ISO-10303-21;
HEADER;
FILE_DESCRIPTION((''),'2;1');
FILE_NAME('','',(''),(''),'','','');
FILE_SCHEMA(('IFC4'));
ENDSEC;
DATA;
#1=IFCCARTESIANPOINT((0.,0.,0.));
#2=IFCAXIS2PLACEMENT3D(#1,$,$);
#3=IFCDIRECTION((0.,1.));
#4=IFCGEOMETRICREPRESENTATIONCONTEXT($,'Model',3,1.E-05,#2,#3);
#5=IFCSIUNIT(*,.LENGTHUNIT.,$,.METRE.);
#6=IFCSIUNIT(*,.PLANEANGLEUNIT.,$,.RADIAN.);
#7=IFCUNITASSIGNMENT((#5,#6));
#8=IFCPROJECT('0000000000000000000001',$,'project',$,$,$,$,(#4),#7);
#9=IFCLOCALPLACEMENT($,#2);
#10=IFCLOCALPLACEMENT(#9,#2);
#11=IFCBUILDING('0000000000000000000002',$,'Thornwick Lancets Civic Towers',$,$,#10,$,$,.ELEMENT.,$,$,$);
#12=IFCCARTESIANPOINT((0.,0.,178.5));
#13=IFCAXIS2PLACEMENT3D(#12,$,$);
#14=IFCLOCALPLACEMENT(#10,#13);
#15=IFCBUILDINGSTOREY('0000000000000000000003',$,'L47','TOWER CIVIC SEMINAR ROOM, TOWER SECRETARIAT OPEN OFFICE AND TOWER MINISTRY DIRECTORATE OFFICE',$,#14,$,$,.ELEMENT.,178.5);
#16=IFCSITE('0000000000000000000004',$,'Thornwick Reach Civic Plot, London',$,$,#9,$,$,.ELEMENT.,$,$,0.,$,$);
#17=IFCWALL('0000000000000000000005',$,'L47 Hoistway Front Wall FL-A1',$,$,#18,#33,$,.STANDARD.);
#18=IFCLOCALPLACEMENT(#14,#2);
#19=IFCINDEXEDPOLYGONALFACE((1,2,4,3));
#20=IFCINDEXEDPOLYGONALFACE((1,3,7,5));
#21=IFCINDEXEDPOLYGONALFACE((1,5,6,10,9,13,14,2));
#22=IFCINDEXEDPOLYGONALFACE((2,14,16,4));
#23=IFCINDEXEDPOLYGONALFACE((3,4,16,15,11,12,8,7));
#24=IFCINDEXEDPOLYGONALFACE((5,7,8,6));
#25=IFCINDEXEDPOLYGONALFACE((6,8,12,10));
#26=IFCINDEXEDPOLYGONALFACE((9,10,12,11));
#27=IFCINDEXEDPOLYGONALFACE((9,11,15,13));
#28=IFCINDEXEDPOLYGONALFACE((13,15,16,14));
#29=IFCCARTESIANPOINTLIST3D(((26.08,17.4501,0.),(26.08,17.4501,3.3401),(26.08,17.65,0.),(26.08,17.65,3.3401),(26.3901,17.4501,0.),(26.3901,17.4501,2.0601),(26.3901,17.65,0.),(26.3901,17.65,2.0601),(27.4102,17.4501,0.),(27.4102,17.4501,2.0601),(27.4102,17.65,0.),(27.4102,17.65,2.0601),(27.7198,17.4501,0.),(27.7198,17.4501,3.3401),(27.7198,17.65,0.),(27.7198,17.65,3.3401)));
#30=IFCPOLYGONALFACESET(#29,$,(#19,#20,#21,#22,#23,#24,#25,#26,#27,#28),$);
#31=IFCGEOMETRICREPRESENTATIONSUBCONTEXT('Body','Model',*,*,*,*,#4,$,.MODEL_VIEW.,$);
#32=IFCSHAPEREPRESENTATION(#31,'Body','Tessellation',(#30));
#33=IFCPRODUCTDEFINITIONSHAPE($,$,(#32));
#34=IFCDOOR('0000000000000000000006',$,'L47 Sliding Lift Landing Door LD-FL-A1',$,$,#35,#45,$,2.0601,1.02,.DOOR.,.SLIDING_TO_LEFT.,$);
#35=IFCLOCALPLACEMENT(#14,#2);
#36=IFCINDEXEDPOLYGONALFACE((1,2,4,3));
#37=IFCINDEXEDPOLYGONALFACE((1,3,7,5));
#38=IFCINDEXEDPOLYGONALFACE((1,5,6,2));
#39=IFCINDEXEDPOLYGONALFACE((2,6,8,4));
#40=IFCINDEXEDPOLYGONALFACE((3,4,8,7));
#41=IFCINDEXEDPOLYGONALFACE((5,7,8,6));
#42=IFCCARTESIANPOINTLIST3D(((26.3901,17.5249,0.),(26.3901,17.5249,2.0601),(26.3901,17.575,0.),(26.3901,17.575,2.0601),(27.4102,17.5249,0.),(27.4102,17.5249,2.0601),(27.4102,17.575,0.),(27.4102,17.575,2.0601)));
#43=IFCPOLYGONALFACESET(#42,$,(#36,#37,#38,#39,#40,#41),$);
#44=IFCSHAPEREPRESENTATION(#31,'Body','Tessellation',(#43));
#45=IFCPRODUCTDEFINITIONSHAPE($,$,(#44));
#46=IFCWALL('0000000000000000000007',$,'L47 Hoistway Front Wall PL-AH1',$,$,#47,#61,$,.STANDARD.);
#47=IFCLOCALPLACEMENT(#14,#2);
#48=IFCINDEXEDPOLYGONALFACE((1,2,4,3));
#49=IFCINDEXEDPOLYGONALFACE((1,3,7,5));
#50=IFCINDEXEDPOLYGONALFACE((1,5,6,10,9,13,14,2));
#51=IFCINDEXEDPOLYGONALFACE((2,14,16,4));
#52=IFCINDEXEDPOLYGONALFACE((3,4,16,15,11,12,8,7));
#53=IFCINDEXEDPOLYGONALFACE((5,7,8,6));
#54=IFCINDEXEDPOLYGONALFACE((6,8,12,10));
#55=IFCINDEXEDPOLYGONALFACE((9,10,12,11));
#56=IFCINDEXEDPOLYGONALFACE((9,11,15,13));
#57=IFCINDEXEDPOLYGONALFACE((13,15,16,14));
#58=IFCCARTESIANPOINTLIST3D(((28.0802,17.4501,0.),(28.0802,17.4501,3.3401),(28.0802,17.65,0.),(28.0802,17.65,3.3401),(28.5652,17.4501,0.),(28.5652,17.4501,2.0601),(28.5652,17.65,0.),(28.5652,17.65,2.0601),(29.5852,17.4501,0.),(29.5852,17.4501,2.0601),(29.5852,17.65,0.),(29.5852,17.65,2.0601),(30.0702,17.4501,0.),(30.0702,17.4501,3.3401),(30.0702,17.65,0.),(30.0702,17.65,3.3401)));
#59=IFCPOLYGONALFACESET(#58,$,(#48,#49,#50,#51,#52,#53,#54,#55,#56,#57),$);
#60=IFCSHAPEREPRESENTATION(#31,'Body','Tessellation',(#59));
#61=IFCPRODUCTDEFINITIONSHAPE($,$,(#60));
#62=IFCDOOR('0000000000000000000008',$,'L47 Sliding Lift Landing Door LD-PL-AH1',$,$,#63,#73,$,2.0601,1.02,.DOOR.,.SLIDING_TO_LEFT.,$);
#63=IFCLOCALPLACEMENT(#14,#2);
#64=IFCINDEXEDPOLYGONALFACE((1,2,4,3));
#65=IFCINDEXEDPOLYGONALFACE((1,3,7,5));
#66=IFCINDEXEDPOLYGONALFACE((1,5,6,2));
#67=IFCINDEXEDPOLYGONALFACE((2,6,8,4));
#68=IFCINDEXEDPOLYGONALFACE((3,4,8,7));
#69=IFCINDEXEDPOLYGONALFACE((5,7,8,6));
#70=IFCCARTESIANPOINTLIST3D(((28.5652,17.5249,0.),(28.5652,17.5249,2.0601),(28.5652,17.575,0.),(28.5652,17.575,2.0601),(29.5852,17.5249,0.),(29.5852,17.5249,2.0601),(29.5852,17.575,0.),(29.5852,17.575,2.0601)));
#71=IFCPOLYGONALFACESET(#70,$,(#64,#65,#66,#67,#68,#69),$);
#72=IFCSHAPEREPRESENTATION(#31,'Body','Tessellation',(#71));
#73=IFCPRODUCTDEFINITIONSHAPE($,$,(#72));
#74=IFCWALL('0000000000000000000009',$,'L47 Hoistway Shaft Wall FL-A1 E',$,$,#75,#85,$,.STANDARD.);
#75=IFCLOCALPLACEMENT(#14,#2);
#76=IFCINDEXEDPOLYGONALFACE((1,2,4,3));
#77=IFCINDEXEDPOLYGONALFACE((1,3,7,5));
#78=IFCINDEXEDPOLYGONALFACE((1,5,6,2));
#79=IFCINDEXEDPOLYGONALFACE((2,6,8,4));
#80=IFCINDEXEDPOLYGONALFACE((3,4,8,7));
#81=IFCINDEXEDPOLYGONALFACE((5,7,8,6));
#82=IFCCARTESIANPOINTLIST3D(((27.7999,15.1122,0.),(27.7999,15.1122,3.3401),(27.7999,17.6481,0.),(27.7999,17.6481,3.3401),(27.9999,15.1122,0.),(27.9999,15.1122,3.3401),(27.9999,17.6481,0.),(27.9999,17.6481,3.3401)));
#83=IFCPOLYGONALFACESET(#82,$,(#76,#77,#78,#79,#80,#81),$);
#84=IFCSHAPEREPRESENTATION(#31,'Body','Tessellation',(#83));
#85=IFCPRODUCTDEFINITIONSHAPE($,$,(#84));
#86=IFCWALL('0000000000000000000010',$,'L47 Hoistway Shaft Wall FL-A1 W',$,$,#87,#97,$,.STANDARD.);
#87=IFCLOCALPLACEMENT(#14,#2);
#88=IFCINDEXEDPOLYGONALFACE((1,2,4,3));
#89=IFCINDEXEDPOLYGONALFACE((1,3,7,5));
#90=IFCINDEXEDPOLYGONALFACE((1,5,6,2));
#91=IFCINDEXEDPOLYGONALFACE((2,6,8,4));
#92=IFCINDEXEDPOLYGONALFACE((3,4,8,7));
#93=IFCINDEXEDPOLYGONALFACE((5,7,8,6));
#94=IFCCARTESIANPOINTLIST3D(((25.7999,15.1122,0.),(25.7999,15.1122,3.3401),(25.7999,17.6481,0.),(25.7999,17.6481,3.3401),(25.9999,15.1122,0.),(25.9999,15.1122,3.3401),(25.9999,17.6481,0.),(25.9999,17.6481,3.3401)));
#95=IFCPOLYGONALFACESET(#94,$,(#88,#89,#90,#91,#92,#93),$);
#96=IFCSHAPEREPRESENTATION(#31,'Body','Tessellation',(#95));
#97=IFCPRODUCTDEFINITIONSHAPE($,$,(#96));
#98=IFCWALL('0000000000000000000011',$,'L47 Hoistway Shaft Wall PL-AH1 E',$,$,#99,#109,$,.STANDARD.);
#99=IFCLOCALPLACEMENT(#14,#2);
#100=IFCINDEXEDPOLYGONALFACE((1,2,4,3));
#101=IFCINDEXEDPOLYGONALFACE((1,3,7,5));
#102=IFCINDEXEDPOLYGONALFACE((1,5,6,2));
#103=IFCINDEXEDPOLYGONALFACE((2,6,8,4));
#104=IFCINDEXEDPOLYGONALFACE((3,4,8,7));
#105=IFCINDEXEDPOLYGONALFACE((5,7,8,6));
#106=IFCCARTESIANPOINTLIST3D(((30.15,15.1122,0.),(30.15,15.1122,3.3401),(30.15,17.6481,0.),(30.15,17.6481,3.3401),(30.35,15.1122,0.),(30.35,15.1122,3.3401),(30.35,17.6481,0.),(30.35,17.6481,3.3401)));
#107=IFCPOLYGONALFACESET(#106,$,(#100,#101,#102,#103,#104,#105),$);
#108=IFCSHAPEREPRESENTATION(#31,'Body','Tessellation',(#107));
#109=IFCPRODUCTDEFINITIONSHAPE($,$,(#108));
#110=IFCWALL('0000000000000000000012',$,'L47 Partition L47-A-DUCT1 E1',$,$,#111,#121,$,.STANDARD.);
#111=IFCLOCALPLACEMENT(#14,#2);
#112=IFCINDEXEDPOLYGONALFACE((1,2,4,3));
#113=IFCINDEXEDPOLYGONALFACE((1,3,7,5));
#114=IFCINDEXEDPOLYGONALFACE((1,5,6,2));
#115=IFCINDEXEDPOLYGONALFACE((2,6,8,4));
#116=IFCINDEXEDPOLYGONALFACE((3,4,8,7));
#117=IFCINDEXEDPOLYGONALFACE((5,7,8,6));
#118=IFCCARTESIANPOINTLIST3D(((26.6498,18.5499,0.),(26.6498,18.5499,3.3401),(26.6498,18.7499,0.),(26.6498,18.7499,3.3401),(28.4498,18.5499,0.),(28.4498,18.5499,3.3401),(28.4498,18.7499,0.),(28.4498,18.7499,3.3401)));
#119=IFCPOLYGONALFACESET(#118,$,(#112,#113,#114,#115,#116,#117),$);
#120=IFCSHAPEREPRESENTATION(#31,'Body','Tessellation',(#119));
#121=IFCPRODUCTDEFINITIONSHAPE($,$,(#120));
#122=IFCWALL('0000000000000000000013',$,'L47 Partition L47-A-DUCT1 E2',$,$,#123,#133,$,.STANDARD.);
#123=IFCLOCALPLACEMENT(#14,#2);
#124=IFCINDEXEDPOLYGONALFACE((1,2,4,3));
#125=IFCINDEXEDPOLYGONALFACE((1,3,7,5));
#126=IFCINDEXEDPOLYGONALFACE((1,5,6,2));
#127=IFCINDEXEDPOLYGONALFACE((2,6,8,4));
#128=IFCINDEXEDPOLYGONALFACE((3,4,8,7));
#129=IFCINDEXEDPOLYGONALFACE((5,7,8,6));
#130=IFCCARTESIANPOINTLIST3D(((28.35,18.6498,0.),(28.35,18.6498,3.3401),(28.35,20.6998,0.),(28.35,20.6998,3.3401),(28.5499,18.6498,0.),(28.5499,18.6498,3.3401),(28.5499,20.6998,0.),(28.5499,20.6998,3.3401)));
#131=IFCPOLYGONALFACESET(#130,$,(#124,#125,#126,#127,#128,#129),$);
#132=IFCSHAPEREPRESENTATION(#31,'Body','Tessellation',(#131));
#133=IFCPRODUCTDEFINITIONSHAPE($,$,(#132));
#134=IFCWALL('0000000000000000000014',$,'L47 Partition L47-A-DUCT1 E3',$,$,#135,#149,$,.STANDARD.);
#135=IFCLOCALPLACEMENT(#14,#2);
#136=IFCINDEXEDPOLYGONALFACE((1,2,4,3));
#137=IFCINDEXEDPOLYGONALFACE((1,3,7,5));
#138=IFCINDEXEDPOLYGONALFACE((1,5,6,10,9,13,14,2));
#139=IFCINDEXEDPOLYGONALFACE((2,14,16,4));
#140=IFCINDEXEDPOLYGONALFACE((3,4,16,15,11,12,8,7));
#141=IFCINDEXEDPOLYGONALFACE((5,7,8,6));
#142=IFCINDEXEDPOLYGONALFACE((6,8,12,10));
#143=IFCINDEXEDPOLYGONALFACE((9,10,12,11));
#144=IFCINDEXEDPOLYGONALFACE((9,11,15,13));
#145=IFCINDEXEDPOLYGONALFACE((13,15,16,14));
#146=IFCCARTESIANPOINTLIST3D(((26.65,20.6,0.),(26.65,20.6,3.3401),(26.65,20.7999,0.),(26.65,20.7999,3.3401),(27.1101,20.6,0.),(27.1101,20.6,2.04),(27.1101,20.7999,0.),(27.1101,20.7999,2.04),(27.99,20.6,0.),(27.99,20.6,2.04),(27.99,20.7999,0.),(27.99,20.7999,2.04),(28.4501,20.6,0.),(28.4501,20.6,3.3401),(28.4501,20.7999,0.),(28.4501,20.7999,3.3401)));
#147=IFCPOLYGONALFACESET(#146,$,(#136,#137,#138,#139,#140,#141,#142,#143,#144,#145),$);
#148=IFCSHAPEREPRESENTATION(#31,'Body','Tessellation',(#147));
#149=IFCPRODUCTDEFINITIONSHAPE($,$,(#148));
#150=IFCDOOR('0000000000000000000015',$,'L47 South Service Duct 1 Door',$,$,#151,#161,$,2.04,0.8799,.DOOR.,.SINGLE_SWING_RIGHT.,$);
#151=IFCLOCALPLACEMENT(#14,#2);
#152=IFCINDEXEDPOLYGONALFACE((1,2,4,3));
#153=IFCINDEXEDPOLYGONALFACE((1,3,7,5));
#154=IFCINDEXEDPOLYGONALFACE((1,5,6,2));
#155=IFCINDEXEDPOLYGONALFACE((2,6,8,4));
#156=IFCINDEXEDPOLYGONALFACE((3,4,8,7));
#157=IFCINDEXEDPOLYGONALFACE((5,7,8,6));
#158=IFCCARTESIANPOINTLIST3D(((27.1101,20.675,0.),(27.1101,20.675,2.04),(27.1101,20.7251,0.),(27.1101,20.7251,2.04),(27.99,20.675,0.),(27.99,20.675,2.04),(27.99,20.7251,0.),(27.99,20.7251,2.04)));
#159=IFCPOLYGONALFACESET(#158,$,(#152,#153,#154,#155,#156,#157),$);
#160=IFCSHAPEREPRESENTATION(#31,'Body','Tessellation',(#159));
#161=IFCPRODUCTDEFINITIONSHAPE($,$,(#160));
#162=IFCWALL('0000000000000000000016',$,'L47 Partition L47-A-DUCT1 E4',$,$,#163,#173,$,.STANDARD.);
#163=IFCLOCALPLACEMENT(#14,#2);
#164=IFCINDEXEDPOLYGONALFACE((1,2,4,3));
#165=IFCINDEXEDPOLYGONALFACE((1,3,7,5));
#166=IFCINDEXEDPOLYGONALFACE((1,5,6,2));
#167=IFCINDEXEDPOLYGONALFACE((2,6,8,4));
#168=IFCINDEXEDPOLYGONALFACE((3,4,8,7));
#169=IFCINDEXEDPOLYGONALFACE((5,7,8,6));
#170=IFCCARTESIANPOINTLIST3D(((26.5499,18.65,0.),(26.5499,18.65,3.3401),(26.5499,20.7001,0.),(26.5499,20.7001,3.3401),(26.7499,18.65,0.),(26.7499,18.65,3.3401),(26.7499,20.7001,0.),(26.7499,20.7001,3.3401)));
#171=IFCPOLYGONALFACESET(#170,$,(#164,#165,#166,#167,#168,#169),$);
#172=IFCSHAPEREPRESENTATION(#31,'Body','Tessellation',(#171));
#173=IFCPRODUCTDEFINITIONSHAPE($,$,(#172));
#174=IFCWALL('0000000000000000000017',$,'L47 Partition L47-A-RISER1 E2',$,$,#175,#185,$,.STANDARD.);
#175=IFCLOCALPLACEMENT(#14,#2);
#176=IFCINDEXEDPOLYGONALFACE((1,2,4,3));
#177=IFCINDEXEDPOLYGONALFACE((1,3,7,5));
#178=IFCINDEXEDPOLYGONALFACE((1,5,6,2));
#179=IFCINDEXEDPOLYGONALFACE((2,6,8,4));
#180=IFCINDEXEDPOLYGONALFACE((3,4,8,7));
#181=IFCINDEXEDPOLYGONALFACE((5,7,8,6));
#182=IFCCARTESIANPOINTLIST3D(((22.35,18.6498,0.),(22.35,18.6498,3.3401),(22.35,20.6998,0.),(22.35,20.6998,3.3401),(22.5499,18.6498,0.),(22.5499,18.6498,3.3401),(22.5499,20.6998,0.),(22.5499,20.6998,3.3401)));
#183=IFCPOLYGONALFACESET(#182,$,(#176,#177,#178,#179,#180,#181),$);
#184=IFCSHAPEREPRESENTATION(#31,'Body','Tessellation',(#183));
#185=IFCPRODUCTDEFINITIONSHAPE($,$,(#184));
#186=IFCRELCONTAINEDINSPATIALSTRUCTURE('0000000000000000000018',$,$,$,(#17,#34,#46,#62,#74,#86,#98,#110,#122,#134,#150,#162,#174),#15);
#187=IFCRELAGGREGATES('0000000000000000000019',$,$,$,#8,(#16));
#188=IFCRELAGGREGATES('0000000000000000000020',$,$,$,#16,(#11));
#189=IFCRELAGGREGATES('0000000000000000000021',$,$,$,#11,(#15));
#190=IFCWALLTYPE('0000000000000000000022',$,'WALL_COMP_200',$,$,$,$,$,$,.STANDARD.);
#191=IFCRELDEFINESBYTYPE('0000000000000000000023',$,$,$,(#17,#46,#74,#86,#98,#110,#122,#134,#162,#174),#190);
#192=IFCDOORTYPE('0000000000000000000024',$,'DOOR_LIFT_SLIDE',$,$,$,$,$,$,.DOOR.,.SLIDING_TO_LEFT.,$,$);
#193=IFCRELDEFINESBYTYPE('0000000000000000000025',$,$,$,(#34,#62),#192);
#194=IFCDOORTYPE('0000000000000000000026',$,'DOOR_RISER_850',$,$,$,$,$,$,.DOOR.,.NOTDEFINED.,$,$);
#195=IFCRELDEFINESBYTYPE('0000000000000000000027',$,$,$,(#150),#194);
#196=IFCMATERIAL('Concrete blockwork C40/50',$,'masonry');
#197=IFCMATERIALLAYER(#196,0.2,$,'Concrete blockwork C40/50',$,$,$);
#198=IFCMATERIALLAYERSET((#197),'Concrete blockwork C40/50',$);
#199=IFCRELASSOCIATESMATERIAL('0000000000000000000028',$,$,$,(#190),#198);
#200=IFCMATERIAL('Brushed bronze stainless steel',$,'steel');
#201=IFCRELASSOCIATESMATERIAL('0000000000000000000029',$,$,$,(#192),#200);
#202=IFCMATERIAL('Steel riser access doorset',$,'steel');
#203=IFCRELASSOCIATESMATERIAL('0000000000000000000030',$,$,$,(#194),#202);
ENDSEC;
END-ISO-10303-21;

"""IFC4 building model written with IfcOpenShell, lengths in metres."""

from ifc_helpers import new_model, si_unit, direction, frame, frame_2d, origin, place, context, subcontext, project, spatial, rectangle, extrude, material, layer, layer_set, type_object, element, fill, save


model = new_model("IFC4")

# Units and contexts
model_context = context("Model", 3, precision=1e-05, world=origin(), true_north=direction((0.0, 1.0)))
body_context = subcontext(model_context, "Body", "Model", "MODEL_VIEW")
ifc_project = project(units=[si_unit("LENGTHUNIT", "METRE"), si_unit("PLANEANGLEUNIT", "RADIAN")], contexts=[model_context])

# Site, building, storey
site_placement = place(None, origin())
site = spatial("IfcSite", under=ifc_project, at=site_placement, Name="Thornwick Reach Civic Plot, London", CompositionType="ELEMENT", RefElevation=0.0)
building_placement = place(site_placement, origin())
building = spatial("IfcBuilding", under=site, at=building_placement, Name="Thornwick Lancets Civic Towers", CompositionType="ELEMENT")
storey_placement = place(building_placement, frame((0.0, 0.0, 178.5)))
storey = spatial("IfcBuildingStorey", under=building, at=storey_placement, Name="L47", Description="TOWER CIVIC SEMINAR ROOM, TOWER SECRETARIAT OPEN OFFICE AND TOWER MINISTRY DIRECTORATE OFFICE", CompositionType="ELEMENT", Elevation=178.5)

# Walls, openings, doors
ifc_material_1 = material(Name="Concrete blockwork C40/50", Category="masonry")
ifc_layer_1 = layer(ifc_material_1, 0.2, Name="Concrete blockwork C40/50")
ifc_layer_set_1 = layer_set([ifc_layer_1], Name="Concrete blockwork C40/50")
wall_type_1 = type_object("IfcWallType", Name="WALL_COMP_200", PredefinedType="STANDARD", material=ifc_layer_set_1)
wall_1_placement = place(storey_placement, frame((26.0801, 17.55, 0.0), z_axis=(0.0, 0.0, 1.0), x_axis=(1.0, 0.0, 0.0)))
wall_1 = element("IfcWall", 1, at=wall_1_placement, inside=storey, type_object=wall_type_1, Name="L47 Hoistway Front Wall FL-A1", PredefinedType="STANDARD", context=body_context, shape_type="SweptSolid", body=[
    extrude(rectangle(XDim=1.6399, YDim=0.2, at=frame_2d((0.8198, 0.0))), origin(), (0.0, 0.0, 1.0), 3.3401),
])
opening_1_placement = place(wall_1_placement, frame((0.3101, 0.0, 0.0)))
opening_1 = element("IfcOpeningElement", 2, at=opening_1_placement, cuts=wall_1, PredefinedType="OPENING", context=body_context, shape_type="SweptSolid", body=[
    extrude(rectangle(XDim=1.02, YDim=2.0601, at=frame_2d((0.51, 1.03))), frame((0.0, 0.1099, 0.0), z_axis=(0.0, -1.0, 0.0), x_axis=(1.0, 0.0, 0.0)), (0.0, 0.0, 1.0), 0.22),
])
ifc_material_2 = material(Name="Brushed bronze stainless steel", Category="steel")
door_type_1 = type_object("IfcDoorType", Name="DOOR_LIFT_SLIDE", OperationType="SLIDING_TO_LEFT", PredefinedType="DOOR", material=ifc_material_2)
door_1_placement = place(opening_1_placement, origin())
door_1 = element("IfcDoor", 3, at=door_1_placement, inside=storey, type_object=door_type_1, Name="L47 Sliding Lift Landing Door LD-FL-A1", OperationType="SLIDING_TO_LEFT", OverallHeight=2.0601, OverallWidth=1.02, PredefinedType="DOOR", context=body_context, shape_type="SweptSolid", body=[
    extrude(rectangle(XDim=1.02, YDim=2.0601, at=frame_2d((0.51, 1.03))), frame((0.0, 0.0249, 0.0), z_axis=(0.0, -1.0, 0.0), x_axis=(1.0, 0.0, 0.0)), (0.0, 0.0, 1.0), 0.05),
])
fill(opening_1, door_1)
wall_2_placement = place(storey_placement, frame((28.0801, 17.55, 0.0), z_axis=(0.0, 0.0, 1.0), x_axis=(1.0, 0.0, 0.0)))
wall_2 = element("IfcWall", 4, at=wall_2_placement, inside=storey, type_object=wall_type_1, Name="L47 Hoistway Front Wall PL-AH1", PredefinedType="STANDARD", context=body_context, shape_type="SweptSolid", body=[
    extrude(rectangle(XDim=1.99, YDim=0.2, at=frame_2d((0.9951, 0.0))), origin(), (0.0, 0.0, 1.0), 3.3401),
])
opening_2_placement = place(wall_2_placement, frame((0.4851, 0.0, 0.0)))
opening_2 = element("IfcOpeningElement", 5, at=opening_2_placement, cuts=wall_2, PredefinedType="OPENING", context=body_context, shape_type="SweptSolid", body=[
    extrude(rectangle(XDim=1.02, YDim=2.0601, at=frame_2d((0.51, 1.03))), frame((0.0, 0.1099, 0.0), z_axis=(0.0, -1.0, 0.0), x_axis=(1.0, 0.0, 0.0)), (0.0, 0.0, 1.0), 0.22),
])
door_2_placement = place(opening_2_placement, origin())
door_2 = element("IfcDoor", 6, at=door_2_placement, inside=storey, type_object=door_type_1, Name="L47 Sliding Lift Landing Door LD-PL-AH1", OperationType="SLIDING_TO_LEFT", OverallHeight=2.0601, OverallWidth=1.02, PredefinedType="DOOR", context=body_context, shape_type="SweptSolid", body=[
    extrude(rectangle(XDim=1.02, YDim=2.0601, at=frame_2d((0.51, 1.03))), frame((0.0, 0.0249, 0.0), z_axis=(0.0, -1.0, 0.0), x_axis=(1.0, 0.0, 0.0)), (0.0, 0.0, 1.0), 0.05),
])
fill(opening_2, door_2)

# Walls
for number, where, z_axis, x_axis, name in (
    (7, (27.8999, 15.1121, 0.0), (0.0, 0.0, 1.0), (0.0, 1.0, 0.0), "L47 Hoistway Shaft Wall FL-A1 E"),
    (8, (25.8999, 15.1121, 0.0), (0.0, 0.0, 1.0), (0.0, 1.0, 0.0), "L47 Hoistway Shaft Wall FL-A1 W"),
    (9, (30.25, 15.1121, 0.0), (0.0, 0.0, 1.0), (0.0, 1.0, 0.0), "L47 Hoistway Shaft Wall PL-AH1 E"),
):
    element("IfcWall", number, at=place(storey_placement, frame(where, z_axis=z_axis, x_axis=x_axis)), inside=storey, type_object=wall_type_1, Name=name, PredefinedType="STANDARD", context=body_context, shape_type="SweptSolid", body=[
        extrude(rectangle(XDim=2.5359, YDim=0.2, at=frame_2d((1.2681, 0.0))), origin(), (0.0, 0.0, 1.0), 3.3401),
    ])
wall_3_placement = place(storey_placement, frame((26.6499, 18.6499, 0.0), z_axis=(0.0, 0.0, 1.0), x_axis=(1.0, 0.0, 0.0)))
element("IfcWall", 10, at=wall_3_placement, inside=storey, type_object=wall_type_1, Name="L47 Partition L47-A-DUCT1 E1", PredefinedType="STANDARD", context=body_context, shape_type="SweptSolid", body=[
    extrude(rectangle(XDim=1.8, YDim=0.2, at=frame_2d((0.8999, 0.0))), origin(), (0.0, 0.0, 1.0), 3.3401),
])
wall_4_placement = place(storey_placement, frame((28.45, 18.6499, 0.0), z_axis=(0.0, 0.0, 1.0), x_axis=(0.0, 1.0, 0.0)))
element("IfcWall", 11, at=wall_4_placement, inside=storey, type_object=wall_type_1, Name="L47 Partition L47-A-DUCT1 E2", PredefinedType="STANDARD", context=body_context, shape_type="SweptSolid", body=[
    extrude(rectangle(XDim=2.05, YDim=0.2, at=frame_2d((1.0249, 0.0))), origin(), (0.0, 0.0, 1.0), 3.3401),
])

# Wall, opening, door
wall_5_placement = place(storey_placement, frame((28.45, 20.7, 0.0), z_axis=(0.0, 0.0, 1.0), x_axis=(-1.0, 0.0, 0.0)))
wall_5 = element("IfcWall", 12, at=wall_5_placement, inside=storey, type_object=wall_type_1, Name="L47 Partition L47-A-DUCT1 E3", PredefinedType="STANDARD", context=body_context, shape_type="SweptSolid", body=[
    extrude(rectangle(XDim=1.8, YDim=0.2, at=frame_2d((0.8999, 0.0))), origin(), (0.0, 0.0, 1.0), 3.3401),
])
opening_3_placement = place(wall_5_placement, frame((0.46, 0.0, 0.0)))
opening_3 = element("IfcOpeningElement", 13, at=opening_3_placement, cuts=wall_5, PredefinedType="OPENING", context=body_context, shape_type="SweptSolid", body=[
    extrude(rectangle(XDim=0.8799, YDim=2.04, at=frame_2d((0.4399, 1.02))), frame((0.0, 0.1099, 0.0), z_axis=(0.0, -1.0, 0.0), x_axis=(1.0, 0.0, 0.0)), (0.0, 0.0, 1.0), 0.22),
])
ifc_material_3 = material(Name="Steel riser access doorset", Category="steel")
door_type_2 = type_object("IfcDoorType", Name="DOOR_RISER_850", OperationType="NOTDEFINED", PredefinedType="DOOR", material=ifc_material_3)
door_3_placement = place(opening_3_placement, origin())
door_3 = element("IfcDoor", 14, at=door_3_placement, inside=storey, type_object=door_type_2, Name="L47 South Service Duct 1 Door", OperationType="SINGLE_SWING_RIGHT", OverallHeight=2.04, OverallWidth=0.8799, PredefinedType="DOOR", context=body_context, shape_type="SweptSolid", body=[
    extrude(rectangle(XDim=0.8799, YDim=2.04, at=frame_2d((0.4399, 1.02))), frame((0.0, 0.0249, 0.0), z_axis=(0.0, -1.0, 0.0), x_axis=(1.0, 0.0, 0.0)), (0.0, 0.0, 1.0), 0.05),
])
fill(opening_3, door_3)

# Walls
for number, where, z_axis, x_axis, name in (
    (15, (26.6499, 20.7, 0.0), (0.0, 0.0, 1.0), (0.0, -1.0, 0.0), "L47 Partition L47-A-DUCT1 E4"),
    (16, (22.45, 18.6499, 0.0), (0.0, 0.0, 1.0), (0.0, 1.0, 0.0), "L47 Partition L47-A-RISER1 E2"),
):
    element("IfcWall", number, at=place(storey_placement, frame(where, z_axis=z_axis, x_axis=x_axis)), inside=storey, type_object=wall_type_1, Name=name, PredefinedType="STANDARD", context=body_context, shape_type="SweptSolid", body=[
        extrude(rectangle(XDim=2.05, YDim=0.2, at=frame_2d((1.0249, 0.0))), origin(), (0.0, 0.0, 1.0), 3.3401),
    ])

save(model, "model.ifc")
